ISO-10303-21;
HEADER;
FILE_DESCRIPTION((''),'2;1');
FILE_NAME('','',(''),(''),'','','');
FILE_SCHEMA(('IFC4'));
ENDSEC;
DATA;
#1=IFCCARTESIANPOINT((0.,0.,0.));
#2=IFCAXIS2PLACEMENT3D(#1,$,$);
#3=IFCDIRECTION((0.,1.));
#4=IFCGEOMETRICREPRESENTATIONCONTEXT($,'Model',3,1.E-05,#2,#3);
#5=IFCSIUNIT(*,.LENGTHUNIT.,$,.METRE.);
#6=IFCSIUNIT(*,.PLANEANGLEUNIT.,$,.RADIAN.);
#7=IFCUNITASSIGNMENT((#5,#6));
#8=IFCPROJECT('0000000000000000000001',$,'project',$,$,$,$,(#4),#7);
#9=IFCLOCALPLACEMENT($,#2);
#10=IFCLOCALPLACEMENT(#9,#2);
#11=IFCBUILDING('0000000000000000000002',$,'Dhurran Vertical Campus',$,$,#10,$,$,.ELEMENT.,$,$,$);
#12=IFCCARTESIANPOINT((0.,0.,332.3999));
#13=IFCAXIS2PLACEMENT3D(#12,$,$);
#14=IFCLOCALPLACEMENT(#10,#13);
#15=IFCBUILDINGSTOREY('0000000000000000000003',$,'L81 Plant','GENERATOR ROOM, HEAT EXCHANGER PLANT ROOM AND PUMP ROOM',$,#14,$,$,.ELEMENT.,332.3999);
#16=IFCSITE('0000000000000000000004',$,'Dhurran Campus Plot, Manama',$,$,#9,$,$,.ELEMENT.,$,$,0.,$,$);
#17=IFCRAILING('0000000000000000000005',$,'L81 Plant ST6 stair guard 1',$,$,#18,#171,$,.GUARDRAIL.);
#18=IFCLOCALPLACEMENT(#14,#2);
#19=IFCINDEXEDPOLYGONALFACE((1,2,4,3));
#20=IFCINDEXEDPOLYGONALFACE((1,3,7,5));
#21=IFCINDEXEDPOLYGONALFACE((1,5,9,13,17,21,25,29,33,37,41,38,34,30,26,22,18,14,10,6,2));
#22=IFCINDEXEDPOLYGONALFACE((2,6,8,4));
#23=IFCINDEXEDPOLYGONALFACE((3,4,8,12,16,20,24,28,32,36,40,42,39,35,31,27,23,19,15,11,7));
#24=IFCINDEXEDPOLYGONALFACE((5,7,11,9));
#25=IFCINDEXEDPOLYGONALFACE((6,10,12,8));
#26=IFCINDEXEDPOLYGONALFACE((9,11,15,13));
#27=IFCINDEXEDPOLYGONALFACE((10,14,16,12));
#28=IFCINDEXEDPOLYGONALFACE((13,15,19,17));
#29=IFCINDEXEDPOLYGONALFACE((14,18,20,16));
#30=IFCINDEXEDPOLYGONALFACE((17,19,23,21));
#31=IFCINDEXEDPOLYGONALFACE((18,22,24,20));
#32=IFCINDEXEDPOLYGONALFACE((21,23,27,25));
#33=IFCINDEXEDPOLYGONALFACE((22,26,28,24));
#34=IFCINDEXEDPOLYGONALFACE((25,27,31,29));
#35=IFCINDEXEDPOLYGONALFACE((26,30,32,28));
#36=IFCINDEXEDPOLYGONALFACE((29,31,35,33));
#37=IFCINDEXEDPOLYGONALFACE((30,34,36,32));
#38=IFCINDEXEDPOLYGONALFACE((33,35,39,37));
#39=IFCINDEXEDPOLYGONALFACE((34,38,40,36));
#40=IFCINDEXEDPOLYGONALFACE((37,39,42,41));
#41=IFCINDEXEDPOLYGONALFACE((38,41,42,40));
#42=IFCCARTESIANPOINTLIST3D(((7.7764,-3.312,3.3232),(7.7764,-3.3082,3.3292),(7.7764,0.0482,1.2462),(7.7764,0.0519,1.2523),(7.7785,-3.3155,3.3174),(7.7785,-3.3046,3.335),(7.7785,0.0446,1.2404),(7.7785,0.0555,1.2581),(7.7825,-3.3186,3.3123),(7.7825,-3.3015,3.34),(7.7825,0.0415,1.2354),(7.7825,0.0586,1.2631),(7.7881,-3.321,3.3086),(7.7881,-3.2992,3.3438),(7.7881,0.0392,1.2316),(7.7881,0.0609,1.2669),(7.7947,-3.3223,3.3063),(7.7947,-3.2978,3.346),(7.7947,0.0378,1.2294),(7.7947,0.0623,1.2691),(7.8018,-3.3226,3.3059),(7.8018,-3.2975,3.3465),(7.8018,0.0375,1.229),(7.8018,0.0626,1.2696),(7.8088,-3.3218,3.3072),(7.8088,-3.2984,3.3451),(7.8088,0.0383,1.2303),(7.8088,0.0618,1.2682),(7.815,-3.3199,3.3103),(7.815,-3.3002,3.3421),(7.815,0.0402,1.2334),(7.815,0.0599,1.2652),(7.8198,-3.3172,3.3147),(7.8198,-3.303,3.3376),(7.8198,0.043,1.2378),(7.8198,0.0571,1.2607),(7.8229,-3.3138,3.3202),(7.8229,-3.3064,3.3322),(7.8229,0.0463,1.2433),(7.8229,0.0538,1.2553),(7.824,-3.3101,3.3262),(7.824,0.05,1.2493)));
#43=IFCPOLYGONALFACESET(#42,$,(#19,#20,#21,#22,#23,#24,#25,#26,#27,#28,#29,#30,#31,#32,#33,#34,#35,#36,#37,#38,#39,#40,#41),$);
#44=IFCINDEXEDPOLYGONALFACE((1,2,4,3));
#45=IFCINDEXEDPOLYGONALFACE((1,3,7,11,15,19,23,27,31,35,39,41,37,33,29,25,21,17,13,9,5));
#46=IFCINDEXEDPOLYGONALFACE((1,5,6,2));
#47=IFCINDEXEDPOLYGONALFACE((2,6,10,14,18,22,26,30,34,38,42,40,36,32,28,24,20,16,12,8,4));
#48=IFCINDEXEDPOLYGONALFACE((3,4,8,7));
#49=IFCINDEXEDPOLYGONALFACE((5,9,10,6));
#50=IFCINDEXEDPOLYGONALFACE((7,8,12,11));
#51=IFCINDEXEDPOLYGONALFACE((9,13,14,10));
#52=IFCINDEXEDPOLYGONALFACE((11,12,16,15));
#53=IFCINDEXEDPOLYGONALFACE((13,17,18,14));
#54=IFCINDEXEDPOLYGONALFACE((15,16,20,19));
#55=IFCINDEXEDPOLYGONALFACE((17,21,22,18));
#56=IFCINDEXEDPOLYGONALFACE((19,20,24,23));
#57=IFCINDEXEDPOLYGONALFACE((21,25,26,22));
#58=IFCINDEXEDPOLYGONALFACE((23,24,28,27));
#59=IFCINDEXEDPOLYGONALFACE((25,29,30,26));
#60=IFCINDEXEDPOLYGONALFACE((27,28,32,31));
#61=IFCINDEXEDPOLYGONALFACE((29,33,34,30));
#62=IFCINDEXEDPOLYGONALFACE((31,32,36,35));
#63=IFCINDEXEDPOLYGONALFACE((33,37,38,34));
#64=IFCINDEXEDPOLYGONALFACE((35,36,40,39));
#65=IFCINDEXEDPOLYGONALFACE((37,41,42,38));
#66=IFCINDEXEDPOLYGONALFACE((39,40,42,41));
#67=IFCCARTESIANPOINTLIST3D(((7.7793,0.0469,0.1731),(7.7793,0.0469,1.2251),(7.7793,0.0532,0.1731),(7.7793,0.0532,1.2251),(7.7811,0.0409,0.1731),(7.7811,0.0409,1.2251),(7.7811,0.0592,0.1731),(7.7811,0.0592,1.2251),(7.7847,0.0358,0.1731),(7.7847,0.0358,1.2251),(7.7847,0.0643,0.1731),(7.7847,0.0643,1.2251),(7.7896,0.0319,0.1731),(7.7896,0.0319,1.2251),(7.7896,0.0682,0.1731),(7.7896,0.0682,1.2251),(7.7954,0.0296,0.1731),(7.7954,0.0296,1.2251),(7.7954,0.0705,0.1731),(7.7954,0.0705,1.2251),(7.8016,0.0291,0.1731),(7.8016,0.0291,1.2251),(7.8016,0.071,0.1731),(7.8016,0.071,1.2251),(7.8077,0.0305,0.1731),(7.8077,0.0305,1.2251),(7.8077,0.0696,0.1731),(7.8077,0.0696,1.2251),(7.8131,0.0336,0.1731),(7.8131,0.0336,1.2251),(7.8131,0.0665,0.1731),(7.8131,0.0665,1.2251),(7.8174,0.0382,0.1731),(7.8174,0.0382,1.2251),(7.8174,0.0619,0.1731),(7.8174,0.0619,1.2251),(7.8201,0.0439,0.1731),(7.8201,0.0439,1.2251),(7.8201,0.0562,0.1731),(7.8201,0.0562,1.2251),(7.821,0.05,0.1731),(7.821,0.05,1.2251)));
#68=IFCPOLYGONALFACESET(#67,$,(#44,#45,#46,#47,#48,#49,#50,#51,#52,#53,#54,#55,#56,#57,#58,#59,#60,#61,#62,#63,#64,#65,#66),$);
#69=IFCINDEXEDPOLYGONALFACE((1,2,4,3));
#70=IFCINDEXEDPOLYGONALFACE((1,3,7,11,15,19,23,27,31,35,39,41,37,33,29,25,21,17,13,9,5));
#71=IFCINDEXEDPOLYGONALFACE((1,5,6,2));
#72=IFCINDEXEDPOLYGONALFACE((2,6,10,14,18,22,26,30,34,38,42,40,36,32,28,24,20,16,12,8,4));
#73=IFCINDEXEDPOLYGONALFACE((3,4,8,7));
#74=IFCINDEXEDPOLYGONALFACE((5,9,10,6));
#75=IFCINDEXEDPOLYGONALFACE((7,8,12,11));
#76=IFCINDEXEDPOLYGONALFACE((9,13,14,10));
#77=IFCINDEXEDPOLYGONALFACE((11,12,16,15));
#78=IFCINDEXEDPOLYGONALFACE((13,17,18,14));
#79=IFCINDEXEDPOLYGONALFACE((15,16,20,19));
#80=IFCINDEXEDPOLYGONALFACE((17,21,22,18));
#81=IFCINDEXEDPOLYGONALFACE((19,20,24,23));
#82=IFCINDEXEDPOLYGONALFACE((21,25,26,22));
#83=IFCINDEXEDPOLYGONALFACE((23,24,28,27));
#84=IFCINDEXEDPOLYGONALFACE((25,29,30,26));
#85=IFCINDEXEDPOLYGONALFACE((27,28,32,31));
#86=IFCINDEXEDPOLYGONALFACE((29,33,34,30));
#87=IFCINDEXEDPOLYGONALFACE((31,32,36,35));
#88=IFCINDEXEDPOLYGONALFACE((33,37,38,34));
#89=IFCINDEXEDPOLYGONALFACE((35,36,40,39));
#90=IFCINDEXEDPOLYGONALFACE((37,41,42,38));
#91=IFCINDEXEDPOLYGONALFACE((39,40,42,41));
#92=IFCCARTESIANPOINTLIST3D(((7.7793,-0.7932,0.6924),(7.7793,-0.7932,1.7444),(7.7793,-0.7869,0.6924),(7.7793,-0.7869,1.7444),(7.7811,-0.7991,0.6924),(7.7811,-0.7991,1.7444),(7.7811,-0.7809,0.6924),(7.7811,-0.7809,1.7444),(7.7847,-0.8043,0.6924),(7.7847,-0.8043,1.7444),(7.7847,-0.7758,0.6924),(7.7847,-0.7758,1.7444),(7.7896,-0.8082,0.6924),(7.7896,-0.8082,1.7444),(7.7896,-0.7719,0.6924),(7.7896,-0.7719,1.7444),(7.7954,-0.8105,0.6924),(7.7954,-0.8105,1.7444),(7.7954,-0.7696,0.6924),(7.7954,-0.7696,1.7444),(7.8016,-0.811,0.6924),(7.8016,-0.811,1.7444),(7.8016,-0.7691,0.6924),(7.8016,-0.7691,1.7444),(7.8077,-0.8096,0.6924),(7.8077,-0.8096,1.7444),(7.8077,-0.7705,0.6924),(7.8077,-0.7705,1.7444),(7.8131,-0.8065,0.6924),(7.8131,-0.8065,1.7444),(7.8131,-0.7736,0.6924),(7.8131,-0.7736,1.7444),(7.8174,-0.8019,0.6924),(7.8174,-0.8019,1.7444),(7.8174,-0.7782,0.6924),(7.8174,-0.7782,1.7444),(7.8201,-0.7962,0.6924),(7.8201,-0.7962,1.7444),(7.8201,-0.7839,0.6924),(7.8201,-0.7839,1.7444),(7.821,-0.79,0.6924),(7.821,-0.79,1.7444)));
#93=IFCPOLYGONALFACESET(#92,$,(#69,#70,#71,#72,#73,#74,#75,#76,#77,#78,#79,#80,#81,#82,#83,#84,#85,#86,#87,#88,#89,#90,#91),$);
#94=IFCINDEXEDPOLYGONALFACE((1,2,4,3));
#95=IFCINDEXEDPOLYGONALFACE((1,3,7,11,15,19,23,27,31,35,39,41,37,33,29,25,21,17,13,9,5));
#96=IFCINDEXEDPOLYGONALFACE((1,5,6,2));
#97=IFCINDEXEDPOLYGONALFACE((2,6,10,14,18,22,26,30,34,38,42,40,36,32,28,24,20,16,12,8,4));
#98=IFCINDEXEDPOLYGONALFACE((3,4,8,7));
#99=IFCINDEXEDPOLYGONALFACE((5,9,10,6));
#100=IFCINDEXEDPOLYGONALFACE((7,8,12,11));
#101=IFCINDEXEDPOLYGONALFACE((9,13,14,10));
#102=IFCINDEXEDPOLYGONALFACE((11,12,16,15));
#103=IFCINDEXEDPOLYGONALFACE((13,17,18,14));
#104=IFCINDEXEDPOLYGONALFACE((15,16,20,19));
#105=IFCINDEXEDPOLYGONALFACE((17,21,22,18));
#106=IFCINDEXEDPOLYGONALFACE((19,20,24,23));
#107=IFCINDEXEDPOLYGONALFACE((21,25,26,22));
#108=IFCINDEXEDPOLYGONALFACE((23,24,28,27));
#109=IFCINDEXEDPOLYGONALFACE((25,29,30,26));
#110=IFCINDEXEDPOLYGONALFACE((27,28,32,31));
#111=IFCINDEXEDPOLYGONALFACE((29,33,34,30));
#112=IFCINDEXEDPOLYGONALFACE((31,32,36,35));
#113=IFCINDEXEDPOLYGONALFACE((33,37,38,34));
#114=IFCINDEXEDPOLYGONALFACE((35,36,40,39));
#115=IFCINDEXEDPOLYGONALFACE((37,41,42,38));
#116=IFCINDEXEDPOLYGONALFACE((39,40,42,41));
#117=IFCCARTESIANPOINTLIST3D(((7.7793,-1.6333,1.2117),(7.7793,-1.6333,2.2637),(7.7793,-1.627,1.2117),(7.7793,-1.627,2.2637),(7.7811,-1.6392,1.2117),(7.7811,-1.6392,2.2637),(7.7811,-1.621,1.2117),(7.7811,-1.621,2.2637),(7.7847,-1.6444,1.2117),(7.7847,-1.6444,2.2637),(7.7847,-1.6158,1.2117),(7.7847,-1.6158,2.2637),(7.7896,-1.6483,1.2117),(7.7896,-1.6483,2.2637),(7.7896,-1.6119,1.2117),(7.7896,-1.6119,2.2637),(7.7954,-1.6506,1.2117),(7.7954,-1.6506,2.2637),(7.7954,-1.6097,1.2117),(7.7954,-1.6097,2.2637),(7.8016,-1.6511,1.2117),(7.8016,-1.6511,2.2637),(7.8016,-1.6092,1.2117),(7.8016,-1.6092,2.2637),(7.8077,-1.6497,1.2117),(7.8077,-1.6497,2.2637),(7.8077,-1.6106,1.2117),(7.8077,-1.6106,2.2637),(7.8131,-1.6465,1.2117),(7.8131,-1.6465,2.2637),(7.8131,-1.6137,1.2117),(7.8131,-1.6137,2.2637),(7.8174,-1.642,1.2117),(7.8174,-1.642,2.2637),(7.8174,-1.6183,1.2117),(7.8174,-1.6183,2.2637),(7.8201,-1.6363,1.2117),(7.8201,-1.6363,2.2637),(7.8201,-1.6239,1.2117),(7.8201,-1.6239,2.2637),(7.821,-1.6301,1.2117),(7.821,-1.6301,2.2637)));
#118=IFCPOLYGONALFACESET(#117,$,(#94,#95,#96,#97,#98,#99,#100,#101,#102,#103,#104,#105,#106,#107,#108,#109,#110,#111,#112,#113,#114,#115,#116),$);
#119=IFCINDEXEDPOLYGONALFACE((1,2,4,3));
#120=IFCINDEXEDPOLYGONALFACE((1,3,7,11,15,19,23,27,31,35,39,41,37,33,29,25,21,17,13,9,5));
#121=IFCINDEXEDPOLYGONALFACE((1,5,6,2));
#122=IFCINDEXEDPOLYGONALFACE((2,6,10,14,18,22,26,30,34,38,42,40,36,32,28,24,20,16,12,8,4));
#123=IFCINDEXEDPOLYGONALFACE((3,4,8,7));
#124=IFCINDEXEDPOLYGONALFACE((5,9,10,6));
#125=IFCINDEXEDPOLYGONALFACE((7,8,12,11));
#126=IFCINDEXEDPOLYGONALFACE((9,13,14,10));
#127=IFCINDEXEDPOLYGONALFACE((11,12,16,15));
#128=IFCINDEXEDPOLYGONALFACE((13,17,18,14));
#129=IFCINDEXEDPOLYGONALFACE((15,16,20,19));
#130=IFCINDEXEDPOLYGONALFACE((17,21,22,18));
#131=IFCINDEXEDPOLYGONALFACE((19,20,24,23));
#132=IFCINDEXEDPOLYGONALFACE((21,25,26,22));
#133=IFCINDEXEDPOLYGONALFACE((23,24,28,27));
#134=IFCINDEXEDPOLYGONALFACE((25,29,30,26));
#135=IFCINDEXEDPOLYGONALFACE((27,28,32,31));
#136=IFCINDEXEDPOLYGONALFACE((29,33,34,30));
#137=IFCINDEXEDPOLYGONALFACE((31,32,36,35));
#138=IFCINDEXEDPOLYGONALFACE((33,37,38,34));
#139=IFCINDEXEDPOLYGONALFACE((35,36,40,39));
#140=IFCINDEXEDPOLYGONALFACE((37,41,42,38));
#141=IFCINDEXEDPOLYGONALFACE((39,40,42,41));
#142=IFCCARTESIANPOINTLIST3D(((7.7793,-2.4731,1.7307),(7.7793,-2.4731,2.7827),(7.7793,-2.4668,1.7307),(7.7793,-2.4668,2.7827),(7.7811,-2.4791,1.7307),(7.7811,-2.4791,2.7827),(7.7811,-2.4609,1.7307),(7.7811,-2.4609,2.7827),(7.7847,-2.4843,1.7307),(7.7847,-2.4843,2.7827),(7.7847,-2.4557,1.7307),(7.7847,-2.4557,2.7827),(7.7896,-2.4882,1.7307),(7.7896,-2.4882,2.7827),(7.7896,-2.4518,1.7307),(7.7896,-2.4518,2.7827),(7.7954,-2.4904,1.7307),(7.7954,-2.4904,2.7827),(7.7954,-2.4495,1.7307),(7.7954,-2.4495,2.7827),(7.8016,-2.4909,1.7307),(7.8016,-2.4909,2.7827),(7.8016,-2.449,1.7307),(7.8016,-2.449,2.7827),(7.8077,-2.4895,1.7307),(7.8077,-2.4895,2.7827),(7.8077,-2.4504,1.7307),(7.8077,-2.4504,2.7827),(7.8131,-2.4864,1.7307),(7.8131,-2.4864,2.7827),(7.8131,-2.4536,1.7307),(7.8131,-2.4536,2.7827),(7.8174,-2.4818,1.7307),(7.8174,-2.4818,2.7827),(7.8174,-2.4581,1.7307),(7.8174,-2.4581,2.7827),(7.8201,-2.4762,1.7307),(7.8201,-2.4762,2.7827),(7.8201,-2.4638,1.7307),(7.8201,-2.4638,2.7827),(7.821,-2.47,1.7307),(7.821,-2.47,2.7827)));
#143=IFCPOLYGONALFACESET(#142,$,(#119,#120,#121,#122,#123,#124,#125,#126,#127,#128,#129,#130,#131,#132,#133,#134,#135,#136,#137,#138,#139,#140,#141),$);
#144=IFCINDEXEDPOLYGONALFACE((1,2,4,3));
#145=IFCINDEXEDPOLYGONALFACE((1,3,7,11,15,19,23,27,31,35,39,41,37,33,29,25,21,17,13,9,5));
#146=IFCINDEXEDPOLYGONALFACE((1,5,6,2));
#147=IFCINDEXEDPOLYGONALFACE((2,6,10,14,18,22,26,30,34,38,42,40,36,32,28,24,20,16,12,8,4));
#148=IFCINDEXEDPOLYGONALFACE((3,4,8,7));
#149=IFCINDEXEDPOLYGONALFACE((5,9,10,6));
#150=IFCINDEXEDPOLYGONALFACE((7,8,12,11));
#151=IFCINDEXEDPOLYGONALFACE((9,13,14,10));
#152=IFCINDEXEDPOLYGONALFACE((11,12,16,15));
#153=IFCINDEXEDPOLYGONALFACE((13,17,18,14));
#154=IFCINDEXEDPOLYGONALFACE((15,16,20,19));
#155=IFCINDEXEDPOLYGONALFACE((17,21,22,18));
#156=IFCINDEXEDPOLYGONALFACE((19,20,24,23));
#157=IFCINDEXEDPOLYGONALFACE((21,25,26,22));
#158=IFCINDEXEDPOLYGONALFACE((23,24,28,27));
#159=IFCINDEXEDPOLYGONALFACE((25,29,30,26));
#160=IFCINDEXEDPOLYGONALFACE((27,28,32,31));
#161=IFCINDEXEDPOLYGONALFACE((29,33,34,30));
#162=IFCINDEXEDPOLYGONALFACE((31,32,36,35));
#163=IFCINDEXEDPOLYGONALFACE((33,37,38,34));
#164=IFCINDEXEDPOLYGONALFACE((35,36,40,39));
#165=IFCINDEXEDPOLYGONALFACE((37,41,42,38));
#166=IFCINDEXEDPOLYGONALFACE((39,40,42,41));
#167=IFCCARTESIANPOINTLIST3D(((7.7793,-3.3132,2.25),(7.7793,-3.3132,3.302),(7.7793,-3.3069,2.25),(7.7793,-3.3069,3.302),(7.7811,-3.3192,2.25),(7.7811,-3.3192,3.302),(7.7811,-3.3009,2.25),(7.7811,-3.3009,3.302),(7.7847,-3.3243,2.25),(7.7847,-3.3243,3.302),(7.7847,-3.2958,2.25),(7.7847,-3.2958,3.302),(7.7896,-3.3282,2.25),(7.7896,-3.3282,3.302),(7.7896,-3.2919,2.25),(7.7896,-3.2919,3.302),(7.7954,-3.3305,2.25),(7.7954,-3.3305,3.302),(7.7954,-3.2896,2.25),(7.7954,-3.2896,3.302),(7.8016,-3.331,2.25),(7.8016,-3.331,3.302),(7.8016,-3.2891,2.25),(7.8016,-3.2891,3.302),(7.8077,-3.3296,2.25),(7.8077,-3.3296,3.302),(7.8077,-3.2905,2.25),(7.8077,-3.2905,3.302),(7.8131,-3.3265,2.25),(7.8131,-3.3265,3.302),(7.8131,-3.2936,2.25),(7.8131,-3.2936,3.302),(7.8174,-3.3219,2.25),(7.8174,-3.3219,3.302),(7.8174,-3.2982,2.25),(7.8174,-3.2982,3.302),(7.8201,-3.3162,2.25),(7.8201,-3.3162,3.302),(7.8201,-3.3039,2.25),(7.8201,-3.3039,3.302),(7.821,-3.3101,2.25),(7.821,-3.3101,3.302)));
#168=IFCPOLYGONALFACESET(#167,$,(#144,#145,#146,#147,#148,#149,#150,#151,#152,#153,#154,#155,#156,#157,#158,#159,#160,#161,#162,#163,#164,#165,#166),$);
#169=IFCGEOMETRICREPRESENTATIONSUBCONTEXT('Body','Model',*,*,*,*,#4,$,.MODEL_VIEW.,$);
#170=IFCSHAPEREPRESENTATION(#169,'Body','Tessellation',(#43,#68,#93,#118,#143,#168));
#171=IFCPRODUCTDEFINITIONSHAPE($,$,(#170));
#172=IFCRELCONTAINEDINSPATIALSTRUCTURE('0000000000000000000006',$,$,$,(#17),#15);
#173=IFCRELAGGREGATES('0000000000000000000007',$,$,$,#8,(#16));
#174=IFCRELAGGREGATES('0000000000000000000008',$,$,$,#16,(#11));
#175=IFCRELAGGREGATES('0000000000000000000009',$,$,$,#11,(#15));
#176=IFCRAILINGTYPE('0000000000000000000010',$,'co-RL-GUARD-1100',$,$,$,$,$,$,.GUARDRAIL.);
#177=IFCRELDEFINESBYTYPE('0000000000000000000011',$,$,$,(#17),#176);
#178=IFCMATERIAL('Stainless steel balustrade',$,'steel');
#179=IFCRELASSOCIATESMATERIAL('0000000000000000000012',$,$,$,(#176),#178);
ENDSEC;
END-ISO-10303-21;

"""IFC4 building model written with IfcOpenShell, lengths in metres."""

from ifc_helpers import new_model, si_unit, direction, frame, origin, origin_2d, place, context, subcontext, project, spatial, circle, extrude, material, type_object, element, save


model = new_model("IFC4")

# Units and contexts
model_context = context("Model", 3, precision=1e-05, world=origin(), true_north=direction((0.0, 1.0)))
body_context = subcontext(model_context, "Body", "Model", "MODEL_VIEW")
ifc_project = project(units=[si_unit("LENGTHUNIT", "METRE"), si_unit("PLANEANGLEUNIT", "RADIAN")], contexts=[model_context])

# Site, building, storey
site_placement = place(None, origin())
site = spatial("IfcSite", under=ifc_project, at=site_placement, Name="Dhurran Campus Plot, Manama", CompositionType="ELEMENT", RefElevation=0.0)
building_placement = place(site_placement, origin())
building = spatial("IfcBuilding", under=site, at=building_placement, Name="Dhurran Vertical Campus", CompositionType="ELEMENT")
storey_placement = place(building_placement, frame((0.0, 0.0, 332.3999)))
storey = spatial("IfcBuildingStorey", under=building, at=storey_placement, Name="L81 Plant", Description="GENERATOR ROOM, HEAT EXCHANGER PLANT ROOM AND PUMP ROOM", CompositionType="ELEMENT", Elevation=332.3999)

# Railing
ifc_material_1 = material(Name="Stainless steel balustrade", Category="steel")
railing_type_1 = type_object("IfcRailingType", Name="co-RL-GUARD-1100", PredefinedType="GUARDRAIL", material=ifc_material_1)
railing_1_placement = place(storey_placement, frame((7.8, 0.05, 0.1731)))
element("IfcRailing", 1, at=railing_1_placement, inside=storey, type_object=railing_type_1, Name="L81 Plant ST6 stair guard 1", PredefinedType="GUARDRAIL", context=body_context, shape_type="SweptSolid", body=[
    extrude(circle(Radius=0.0239, at=origin_2d()), frame((0.0, 0.0, 1.0762), z_axis=(0.0, -0.850623, 0.525776), x_axis=(1.0, 0.0, 0.0)), (0.0, 0.0, 1.0), 3.9502),
    extrude(circle(Radius=0.021, at=origin_2d()), origin(), (0.0, 0.0, 1.0), 1.052),
    extrude(circle(Radius=0.021, at=origin_2d()), frame((0.0, -0.8401, 0.5193)), (0.0, 0.0, 1.0), 1.052),
    extrude(circle(Radius=0.021, at=origin_2d()), frame((0.0, -1.6802, 1.0386)), (0.0, 0.0, 1.0), 1.052),
    extrude(circle(Radius=0.021, at=origin_2d()), frame((0.0, -2.52, 1.5576)), (0.0, 0.0, 1.0), 1.052),
    extrude(circle(Radius=0.021, at=origin_2d()), frame((0.0, -3.3601, 2.0769)), (0.0, 0.0, 1.0), 1.052),
])

save(model, "model.ifc")
